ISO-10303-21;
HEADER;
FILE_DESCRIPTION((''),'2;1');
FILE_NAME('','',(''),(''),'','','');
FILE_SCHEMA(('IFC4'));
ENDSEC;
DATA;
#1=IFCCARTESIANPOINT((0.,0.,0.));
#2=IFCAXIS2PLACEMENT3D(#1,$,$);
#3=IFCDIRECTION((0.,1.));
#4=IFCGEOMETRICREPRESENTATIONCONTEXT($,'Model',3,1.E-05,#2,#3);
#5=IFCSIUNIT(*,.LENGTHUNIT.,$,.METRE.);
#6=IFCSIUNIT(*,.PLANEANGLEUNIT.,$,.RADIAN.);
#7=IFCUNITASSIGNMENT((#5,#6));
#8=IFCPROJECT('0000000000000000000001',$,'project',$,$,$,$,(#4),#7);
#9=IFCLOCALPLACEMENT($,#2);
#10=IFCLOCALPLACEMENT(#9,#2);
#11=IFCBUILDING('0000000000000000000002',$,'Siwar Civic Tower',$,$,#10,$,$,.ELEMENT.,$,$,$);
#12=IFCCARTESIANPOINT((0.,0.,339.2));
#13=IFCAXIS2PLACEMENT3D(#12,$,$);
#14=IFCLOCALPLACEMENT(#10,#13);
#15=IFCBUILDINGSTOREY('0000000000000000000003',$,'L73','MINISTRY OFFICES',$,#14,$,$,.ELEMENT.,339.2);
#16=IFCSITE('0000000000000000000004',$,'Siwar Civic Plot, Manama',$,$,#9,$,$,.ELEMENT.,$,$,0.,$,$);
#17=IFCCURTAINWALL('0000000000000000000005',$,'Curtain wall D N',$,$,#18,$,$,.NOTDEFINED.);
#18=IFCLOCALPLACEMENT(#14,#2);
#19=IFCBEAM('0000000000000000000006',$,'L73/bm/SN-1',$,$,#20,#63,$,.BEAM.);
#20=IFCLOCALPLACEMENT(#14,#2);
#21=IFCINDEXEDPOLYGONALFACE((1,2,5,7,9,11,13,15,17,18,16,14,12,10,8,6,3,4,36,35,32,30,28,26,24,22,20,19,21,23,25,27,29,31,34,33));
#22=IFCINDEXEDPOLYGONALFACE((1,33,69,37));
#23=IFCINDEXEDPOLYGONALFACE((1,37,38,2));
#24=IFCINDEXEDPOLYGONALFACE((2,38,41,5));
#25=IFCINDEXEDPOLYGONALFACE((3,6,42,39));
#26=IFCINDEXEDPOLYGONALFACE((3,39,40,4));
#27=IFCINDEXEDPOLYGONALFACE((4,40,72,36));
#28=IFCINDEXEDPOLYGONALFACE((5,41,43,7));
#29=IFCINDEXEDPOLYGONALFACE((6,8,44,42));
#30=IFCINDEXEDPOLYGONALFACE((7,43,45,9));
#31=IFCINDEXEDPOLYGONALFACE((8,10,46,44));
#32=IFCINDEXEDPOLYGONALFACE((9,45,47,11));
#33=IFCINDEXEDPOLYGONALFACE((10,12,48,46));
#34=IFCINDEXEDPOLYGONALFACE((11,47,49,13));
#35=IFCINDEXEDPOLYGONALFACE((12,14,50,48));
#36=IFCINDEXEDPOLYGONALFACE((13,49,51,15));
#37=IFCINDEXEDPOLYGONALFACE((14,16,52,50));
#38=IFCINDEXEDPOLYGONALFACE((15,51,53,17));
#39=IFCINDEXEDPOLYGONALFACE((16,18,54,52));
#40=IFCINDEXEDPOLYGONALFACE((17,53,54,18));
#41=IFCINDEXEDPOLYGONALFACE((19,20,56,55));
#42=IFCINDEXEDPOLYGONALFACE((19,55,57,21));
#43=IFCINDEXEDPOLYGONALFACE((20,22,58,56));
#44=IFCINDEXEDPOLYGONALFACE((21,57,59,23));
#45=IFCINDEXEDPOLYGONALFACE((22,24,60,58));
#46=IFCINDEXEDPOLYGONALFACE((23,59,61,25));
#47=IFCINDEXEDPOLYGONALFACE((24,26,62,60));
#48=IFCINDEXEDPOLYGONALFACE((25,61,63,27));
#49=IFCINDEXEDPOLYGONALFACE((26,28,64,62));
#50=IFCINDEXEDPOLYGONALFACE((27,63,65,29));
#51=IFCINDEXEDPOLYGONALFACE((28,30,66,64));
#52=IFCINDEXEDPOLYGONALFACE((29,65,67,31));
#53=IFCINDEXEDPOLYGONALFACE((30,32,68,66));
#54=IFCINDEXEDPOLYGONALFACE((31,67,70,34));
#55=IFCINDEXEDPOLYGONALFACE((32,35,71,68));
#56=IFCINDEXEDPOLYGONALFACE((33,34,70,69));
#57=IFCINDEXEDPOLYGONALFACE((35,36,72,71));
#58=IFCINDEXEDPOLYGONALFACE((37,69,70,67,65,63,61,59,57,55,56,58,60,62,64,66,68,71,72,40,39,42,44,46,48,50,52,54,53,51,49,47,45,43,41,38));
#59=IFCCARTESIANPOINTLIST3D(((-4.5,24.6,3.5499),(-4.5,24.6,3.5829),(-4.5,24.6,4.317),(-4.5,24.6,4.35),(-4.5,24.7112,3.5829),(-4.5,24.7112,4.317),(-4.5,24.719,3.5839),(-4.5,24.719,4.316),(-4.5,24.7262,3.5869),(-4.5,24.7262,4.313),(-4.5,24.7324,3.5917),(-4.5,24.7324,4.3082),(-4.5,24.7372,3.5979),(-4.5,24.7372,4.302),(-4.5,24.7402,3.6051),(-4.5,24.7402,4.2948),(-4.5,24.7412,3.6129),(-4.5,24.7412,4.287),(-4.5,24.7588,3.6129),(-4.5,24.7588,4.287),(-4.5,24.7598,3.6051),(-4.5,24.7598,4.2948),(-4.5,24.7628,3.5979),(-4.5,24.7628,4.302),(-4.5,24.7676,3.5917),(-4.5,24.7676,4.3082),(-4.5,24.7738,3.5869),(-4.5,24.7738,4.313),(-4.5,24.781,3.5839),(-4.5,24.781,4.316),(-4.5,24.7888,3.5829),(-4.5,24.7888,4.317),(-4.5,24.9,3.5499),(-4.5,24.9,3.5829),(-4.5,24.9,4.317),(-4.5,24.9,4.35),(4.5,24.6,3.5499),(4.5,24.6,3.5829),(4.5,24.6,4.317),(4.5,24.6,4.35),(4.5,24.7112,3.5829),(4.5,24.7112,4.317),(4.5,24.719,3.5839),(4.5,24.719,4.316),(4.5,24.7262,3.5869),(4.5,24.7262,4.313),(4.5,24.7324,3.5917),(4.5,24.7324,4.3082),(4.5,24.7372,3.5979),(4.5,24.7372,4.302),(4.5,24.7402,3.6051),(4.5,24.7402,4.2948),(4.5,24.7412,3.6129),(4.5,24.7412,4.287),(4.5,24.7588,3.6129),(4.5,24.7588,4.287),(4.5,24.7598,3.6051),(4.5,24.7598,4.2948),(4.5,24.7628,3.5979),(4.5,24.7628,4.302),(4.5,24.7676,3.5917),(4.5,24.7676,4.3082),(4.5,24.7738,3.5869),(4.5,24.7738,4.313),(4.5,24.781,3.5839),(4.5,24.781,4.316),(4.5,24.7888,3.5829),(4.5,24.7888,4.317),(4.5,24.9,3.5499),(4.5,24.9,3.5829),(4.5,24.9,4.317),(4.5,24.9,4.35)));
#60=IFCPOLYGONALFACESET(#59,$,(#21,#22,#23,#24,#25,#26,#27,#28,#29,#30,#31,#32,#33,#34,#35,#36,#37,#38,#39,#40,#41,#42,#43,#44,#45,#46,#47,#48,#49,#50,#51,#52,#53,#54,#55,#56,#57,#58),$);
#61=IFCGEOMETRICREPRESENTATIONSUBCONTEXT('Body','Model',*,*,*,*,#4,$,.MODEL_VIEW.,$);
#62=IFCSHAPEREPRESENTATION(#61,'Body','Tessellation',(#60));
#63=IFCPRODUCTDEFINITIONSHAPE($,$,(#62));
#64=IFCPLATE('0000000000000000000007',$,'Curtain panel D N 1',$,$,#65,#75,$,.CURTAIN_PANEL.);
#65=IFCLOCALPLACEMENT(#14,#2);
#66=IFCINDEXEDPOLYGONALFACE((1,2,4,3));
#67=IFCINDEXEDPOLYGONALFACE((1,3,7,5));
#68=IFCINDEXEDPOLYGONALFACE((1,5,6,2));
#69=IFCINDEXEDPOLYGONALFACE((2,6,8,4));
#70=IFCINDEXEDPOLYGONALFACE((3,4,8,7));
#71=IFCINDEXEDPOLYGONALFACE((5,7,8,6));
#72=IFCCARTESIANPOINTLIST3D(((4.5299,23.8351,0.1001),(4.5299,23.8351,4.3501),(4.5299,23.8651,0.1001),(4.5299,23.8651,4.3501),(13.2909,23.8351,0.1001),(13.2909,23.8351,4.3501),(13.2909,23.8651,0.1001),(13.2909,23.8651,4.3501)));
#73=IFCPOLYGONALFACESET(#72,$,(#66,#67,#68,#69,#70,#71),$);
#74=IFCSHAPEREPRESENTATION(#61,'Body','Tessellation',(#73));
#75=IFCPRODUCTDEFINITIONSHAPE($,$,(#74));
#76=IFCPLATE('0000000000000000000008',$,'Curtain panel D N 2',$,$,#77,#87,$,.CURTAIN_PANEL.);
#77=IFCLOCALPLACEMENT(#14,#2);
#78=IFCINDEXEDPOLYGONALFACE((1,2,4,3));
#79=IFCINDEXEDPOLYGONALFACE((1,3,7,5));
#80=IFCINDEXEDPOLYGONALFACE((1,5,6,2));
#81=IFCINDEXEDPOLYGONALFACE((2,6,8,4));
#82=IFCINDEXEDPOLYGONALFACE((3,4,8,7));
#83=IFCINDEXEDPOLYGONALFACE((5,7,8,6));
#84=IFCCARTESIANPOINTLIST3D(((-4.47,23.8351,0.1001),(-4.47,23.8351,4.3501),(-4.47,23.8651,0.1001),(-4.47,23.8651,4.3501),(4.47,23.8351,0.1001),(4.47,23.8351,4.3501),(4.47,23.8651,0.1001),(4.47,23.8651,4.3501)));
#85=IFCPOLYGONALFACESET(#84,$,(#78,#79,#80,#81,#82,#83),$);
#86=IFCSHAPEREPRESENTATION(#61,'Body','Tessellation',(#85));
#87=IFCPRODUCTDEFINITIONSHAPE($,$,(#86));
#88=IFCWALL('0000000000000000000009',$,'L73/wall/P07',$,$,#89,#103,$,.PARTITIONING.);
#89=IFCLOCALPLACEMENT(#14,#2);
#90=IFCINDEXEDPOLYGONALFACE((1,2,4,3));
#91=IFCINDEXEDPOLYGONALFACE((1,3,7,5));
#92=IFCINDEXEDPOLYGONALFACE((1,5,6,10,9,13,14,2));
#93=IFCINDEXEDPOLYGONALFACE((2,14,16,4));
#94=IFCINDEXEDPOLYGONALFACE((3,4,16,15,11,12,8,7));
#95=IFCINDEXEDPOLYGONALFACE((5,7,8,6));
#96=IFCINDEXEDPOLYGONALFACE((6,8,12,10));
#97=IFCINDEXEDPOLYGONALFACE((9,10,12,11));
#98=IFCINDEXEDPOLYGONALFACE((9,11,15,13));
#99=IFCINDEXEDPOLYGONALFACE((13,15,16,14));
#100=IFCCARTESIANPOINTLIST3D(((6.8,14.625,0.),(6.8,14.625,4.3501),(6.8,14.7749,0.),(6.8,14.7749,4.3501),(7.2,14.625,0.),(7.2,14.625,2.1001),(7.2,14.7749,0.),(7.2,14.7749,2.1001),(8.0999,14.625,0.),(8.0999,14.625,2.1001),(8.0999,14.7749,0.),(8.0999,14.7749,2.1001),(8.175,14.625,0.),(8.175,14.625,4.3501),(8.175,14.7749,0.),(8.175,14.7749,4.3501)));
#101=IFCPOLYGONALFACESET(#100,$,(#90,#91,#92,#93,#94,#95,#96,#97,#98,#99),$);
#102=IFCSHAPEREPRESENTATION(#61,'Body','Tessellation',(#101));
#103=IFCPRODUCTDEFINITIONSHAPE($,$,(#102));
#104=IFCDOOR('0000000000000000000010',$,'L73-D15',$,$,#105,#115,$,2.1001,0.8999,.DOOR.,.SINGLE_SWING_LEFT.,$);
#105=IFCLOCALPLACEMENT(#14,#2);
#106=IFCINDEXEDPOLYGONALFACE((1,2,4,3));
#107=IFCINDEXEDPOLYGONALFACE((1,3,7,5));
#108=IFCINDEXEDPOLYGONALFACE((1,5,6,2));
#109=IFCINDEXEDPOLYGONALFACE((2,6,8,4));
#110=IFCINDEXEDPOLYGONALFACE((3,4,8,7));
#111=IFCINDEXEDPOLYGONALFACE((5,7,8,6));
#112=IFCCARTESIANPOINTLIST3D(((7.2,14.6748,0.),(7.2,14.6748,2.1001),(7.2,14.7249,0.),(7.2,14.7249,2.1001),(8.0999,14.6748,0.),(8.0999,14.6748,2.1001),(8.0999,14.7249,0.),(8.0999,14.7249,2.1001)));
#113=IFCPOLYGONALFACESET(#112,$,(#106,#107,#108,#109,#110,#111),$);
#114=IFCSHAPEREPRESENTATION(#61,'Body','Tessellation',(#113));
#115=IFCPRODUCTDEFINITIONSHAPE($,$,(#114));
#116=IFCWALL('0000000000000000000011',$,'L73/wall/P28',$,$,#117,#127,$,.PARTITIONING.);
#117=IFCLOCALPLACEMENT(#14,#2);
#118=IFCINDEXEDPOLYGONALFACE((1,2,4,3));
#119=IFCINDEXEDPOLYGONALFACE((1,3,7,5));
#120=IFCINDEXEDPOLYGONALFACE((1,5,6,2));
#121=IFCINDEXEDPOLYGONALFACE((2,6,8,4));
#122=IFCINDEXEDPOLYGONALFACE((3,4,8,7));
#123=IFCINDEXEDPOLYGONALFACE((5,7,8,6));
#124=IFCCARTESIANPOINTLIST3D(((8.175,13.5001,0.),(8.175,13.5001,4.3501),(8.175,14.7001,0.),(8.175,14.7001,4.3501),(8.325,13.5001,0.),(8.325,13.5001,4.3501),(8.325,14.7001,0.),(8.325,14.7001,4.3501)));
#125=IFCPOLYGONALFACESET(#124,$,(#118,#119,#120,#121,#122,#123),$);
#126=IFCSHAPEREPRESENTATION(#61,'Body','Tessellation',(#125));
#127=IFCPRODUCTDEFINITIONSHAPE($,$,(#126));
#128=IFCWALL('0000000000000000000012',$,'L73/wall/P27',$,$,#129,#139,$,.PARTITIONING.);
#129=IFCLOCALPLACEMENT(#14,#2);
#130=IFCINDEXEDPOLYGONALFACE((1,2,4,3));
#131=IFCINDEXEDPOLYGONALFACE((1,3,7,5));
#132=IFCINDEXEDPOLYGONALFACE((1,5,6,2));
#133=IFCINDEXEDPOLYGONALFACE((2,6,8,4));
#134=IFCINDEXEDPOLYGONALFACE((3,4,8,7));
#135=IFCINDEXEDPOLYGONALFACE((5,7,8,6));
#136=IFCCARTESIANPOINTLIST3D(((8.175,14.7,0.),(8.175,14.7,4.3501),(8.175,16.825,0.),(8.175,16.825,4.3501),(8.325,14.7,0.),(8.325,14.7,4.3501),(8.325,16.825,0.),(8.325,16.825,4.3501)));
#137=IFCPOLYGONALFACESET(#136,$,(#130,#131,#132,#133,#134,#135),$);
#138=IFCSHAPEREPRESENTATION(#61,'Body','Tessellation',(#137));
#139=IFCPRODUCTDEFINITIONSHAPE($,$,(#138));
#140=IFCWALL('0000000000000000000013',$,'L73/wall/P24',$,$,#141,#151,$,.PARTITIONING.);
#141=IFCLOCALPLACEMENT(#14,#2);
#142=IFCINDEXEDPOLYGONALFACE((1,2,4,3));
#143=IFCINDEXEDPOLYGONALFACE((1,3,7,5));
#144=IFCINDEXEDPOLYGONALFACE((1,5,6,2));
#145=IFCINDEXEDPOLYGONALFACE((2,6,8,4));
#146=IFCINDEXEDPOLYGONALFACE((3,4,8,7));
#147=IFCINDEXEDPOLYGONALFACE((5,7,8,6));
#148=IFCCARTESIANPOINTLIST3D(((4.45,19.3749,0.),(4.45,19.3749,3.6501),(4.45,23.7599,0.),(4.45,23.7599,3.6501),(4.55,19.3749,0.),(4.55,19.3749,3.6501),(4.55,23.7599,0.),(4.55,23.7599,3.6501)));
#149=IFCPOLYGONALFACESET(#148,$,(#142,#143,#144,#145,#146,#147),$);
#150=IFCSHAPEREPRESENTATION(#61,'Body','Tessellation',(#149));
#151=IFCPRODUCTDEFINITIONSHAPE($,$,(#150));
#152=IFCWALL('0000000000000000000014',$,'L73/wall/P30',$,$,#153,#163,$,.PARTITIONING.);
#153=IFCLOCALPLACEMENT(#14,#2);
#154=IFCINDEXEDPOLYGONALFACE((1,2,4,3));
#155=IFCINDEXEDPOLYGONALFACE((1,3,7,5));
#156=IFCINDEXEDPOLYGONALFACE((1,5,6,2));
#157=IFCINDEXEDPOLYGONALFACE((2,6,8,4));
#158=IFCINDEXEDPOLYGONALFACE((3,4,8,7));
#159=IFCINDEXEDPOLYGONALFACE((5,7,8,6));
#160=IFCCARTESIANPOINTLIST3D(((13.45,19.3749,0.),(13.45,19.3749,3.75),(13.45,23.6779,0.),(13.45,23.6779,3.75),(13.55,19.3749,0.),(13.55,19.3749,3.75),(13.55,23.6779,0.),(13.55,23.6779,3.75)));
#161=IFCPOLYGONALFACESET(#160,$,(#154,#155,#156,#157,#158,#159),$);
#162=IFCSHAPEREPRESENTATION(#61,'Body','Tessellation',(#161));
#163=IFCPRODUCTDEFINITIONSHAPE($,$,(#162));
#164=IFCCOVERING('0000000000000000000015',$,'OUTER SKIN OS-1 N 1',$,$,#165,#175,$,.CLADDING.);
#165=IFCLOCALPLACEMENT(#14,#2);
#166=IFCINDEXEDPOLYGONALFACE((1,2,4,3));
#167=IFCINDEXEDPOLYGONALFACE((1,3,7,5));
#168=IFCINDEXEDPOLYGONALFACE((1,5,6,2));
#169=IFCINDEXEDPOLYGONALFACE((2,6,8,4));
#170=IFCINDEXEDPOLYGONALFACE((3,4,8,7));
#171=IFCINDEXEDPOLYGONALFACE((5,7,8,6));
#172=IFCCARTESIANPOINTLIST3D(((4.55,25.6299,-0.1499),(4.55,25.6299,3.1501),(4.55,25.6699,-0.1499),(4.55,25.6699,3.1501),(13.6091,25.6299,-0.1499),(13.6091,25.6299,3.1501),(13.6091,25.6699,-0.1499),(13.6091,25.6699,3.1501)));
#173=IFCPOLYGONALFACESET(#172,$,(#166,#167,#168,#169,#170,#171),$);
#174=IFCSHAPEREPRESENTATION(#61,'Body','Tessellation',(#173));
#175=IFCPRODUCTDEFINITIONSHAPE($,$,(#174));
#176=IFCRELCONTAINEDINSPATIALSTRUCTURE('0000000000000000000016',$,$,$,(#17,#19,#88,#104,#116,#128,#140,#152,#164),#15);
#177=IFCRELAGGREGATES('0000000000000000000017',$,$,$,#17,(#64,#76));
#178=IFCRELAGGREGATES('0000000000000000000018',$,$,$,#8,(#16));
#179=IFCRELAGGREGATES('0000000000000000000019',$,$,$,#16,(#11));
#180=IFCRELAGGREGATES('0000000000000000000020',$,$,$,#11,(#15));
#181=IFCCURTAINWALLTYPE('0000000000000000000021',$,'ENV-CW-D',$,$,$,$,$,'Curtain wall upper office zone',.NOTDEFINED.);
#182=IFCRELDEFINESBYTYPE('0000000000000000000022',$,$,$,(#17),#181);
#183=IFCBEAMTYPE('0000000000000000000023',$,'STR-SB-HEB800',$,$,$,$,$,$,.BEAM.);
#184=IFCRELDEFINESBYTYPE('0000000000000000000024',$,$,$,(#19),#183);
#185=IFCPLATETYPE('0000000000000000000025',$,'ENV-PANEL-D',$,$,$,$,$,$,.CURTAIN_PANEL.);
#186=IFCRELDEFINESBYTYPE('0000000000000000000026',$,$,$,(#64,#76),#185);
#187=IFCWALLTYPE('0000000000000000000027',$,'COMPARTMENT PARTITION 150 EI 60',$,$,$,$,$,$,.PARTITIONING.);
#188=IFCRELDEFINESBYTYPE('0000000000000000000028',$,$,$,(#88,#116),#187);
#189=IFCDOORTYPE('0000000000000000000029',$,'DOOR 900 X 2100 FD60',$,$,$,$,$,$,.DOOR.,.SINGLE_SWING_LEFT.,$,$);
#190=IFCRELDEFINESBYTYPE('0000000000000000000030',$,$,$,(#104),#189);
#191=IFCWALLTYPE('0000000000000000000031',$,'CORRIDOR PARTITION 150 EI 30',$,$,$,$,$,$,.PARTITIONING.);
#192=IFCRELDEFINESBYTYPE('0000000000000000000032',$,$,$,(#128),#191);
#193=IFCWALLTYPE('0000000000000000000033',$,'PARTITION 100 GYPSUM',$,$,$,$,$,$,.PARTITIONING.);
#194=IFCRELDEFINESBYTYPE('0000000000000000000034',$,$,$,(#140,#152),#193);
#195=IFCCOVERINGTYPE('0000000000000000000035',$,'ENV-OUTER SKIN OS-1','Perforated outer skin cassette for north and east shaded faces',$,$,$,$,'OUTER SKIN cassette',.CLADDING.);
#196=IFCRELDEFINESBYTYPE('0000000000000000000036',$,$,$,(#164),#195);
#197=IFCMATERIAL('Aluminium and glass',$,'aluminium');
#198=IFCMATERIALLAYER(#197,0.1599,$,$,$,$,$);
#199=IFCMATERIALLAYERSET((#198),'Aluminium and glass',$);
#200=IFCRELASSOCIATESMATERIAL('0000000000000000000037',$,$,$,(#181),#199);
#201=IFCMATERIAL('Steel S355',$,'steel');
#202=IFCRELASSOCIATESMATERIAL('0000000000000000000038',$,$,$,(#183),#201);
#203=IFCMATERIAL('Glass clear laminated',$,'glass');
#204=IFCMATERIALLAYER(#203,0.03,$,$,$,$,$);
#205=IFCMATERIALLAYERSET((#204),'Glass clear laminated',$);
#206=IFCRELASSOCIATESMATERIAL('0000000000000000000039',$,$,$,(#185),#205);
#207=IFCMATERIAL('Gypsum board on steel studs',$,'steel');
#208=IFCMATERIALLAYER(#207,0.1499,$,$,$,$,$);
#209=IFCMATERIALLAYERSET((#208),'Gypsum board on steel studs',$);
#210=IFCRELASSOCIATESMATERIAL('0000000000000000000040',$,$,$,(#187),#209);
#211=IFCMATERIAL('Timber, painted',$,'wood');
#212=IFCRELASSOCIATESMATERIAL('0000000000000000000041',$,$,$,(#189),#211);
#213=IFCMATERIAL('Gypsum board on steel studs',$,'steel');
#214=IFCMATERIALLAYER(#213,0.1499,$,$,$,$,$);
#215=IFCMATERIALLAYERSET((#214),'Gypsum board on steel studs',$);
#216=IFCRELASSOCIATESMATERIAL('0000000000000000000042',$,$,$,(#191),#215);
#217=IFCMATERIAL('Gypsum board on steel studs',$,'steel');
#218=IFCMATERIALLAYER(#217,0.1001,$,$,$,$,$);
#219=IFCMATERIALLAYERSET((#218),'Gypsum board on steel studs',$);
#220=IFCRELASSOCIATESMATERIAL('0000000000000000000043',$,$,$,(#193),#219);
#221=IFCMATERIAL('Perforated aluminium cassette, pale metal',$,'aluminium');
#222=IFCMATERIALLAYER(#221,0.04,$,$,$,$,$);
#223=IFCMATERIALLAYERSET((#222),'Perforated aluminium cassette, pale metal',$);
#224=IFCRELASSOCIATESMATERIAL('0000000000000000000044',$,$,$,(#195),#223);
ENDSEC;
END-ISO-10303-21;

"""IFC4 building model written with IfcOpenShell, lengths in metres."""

from ifc_helpers import new_model, si_unit, direction, frame, frame_2d, origin, origin_2d, place, context, subcontext, project, spatial, rectangle, i_section, extrude, material, layer, layer_set, material_profile, profile_set, type_object, element, fill, aggregate, save


model = new_model("IFC4")

# Units and contexts
model_context = context("Model", 3, precision=1e-05, world=origin(), true_north=direction((0.0, 1.0)))
body_context = subcontext(model_context, "Body", "Model", "MODEL_VIEW")
ifc_project = project(units=[si_unit("LENGTHUNIT", "METRE"), si_unit("PLANEANGLEUNIT", "RADIAN")], contexts=[model_context])

# Site, building, storey
site_placement = place(None, origin())
site = spatial("IfcSite", under=ifc_project, at=site_placement, Name="Siwar Civic Plot, Manama", CompositionType="ELEMENT", RefElevation=0.0)
building_placement = place(site_placement, origin())
building = spatial("IfcBuilding", under=site, at=building_placement, Name="Siwar Civic Tower", CompositionType="ELEMENT")
storey_placement = place(building_placement, frame((0.0, 0.0, 339.2)))
storey = spatial("IfcBuildingStorey", under=building, at=storey_placement, Name="L73", Description="MINISTRY OFFICES", CompositionType="ELEMENT", Elevation=339.2)

# Curtain wall
ifc_material_1 = material(Name="Aluminium and glass", Category="aluminium")
ifc_layer_1 = layer(ifc_material_1, 0.1599)
ifc_layer_set_1 = layer_set([ifc_layer_1], Name="Aluminium and glass")
curtain_wall_type = type_object("IfcCurtainWallType", Name="ENV-CW-D", ElementType="Curtain wall upper office zone", PredefinedType="NOTDEFINED", material=ifc_layer_set_1)
curtain_wall_placement = place(storey_placement, origin())
curtain_wall = element("IfcCurtainWall", 1, at=curtain_wall_placement, inside=storey, type_object=curtain_wall_type, Name="Curtain wall D N", PredefinedType="NOTDEFINED")

# Beam
ifc_material_2 = material(Name="Steel S355", Category="steel")
ifc_material_profile_1 = material_profile(ifc_material_2, i_section(OverallWidth=0.3, OverallDepth=0.8, WebThickness=0.0176, FlangeThickness=0.033, FilletRadius=0.03, at=origin_2d()), Name="HEB800")
ifc_profile_set_1 = profile_set([ifc_material_profile_1], Name="Steel S355")
beam_type_1 = type_object("IfcBeamType", Name="STR-SB-HEB800", PredefinedType="BEAM", material=ifc_profile_set_1)
for number, where, z_axis, x_axis, name in (
    (2, (4.5, 24.75, 3.95), (-1.0, 0.0, 0.0), (0.0, -1.0, 0.0), "L73/bm/SN-1"),
):
    element("IfcBeam", number, at=place(storey_placement, frame(where, z_axis=z_axis, x_axis=x_axis)), inside=storey, type_object=beam_type_1, Name=name, PredefinedType="BEAM", context=body_context, shape_type="SweptSolid", body=[
        extrude(i_section(OverallWidth=0.3, OverallDepth=0.8, WebThickness=0.0176, FlangeThickness=0.033, FilletRadius=0.03, at=origin_2d()), origin(), (0.0, 0.0, 1.0), 9.0),
    ])

# Plates
ifc_material_3 = material(Name="Glass clear laminated", Category="glass")
ifc_layer_2 = layer(ifc_material_3, 0.03)
ifc_layer_set_2 = layer_set([ifc_layer_2], Name="Glass clear laminated")
plate_type = type_object("IfcPlateType", Name="ENV-PANEL-D", PredefinedType="CURTAIN_PANEL", material=ifc_layer_set_2)
plate_1_placement = place(storey_placement, frame((8.9104, 23.8501, 0.1001), z_axis=(0.0, 0.0, 1.0), x_axis=(-1.0, 0.0, 0.0)))
plate_1 = element("IfcPlate", 3, at=plate_1_placement, type_object=plate_type, Name="Curtain panel D N 1", PredefinedType="CURTAIN_PANEL", context=body_context, shape_type="SweptSolid", body=[
    extrude(rectangle(XDim=8.761, YDim=0.03, at=origin_2d()), origin(), (0.0, 0.0, 1.0), 4.25),
])
plate_2_placement = place(storey_placement, frame((0.0, 23.8501, 0.1001), z_axis=(0.0, 0.0, 1.0), x_axis=(-1.0, 0.0, 0.0)))
plate_2 = element("IfcPlate", 4, at=plate_2_placement, type_object=plate_type, Name="Curtain panel D N 2", PredefinedType="CURTAIN_PANEL", context=body_context, shape_type="SweptSolid", body=[
    extrude(rectangle(XDim=8.9399, YDim=0.03, at=origin_2d()), origin(), (0.0, 0.0, 1.0), 4.25),
])
aggregate(curtain_wall, [plate_1, plate_2])

# Wall, opening, door
ifc_material_4 = material(Name="Gypsum board on steel studs", Category="steel")
ifc_layer_3 = layer(ifc_material_4, 0.1499)
ifc_layer_set_3 = layer_set([ifc_layer_3], Name="Gypsum board on steel studs")
wall_type_1 = type_object("IfcWallType", Name="COMPARTMENT PARTITION 150 EI 60", PredefinedType="PARTITIONING", material=ifc_layer_set_3)
wall_1_placement = place(storey_placement, frame((6.8, 14.7, 0.0), z_axis=(0.0, 0.0, 1.0), x_axis=(1.0, 0.0, 0.0)))
wall_1 = element("IfcWall", 5, at=wall_1_placement, inside=storey, type_object=wall_type_1, Name="L73/wall/P07", PredefinedType="PARTITIONING", context=body_context, shape_type="SweptSolid", body=[
    extrude(rectangle(XDim=1.375, YDim=0.1499, at=frame_2d((0.6875, 0.0))), origin(), (0.0, 0.0, 1.0), 4.3501),
])
opening_placement = place(wall_1_placement, frame((0.3999, 0.0, 0.0)))
opening = element("IfcOpeningElement", 6, at=opening_placement, cuts=wall_1, PredefinedType="OPENING", context=body_context, shape_type="SweptSolid", body=[
    extrude(rectangle(XDim=0.8999, YDim=2.1001, at=frame_2d((0.45, 1.05))), frame((0.0, 0.085, 0.0), z_axis=(0.0, -1.0, 0.0), x_axis=(1.0, 0.0, 0.0)), (0.0, 0.0, 1.0), 0.1699),
])
ifc_material_5 = material(Name="Timber, painted", Category="wood")
door_type = type_object("IfcDoorType", Name="DOOR 900 X 2100 FD60", OperationType="SINGLE_SWING_LEFT", PredefinedType="DOOR", material=ifc_material_5)
door_placement = place(opening_placement, origin())
door = element("IfcDoor", 7, at=door_placement, inside=storey, type_object=door_type, Name="L73-D15", OperationType="SINGLE_SWING_LEFT", OverallHeight=2.1001, OverallWidth=0.8999, PredefinedType="DOOR", context=body_context, shape_type="SweptSolid", body=[
    extrude(rectangle(XDim=0.8999, YDim=2.1001, at=frame_2d((0.45, 1.05))), frame((0.0, 0.0249, 0.0), z_axis=(0.0, -1.0, 0.0), x_axis=(1.0, 0.0, 0.0)), (0.0, 0.0, 1.0), 0.05),
])
fill(opening, door)

# Walls
wall_2_placement = place(storey_placement, frame((8.25, 13.5, 0.0), z_axis=(0.0, 0.0, 1.0), x_axis=(0.0, 1.0, 0.0)))
element("IfcWall", 8, at=wall_2_placement, inside=storey, type_object=wall_type_1, Name="L73/wall/P28", PredefinedType="PARTITIONING", context=body_context, shape_type="SweptSolid", body=[
    extrude(rectangle(XDim=1.2, YDim=0.1499, at=frame_2d((0.6001, 0.0))), origin(), (0.0, 0.0, 1.0), 4.3501),
])
ifc_material_6 = material(Name="Gypsum board on steel studs", Category="steel")
ifc_layer_4 = layer(ifc_material_6, 0.1499)
ifc_layer_set_4 = layer_set([ifc_layer_4], Name="Gypsum board on steel studs")
wall_type_2 = type_object("IfcWallType", Name="CORRIDOR PARTITION 150 EI 30", PredefinedType="PARTITIONING", material=ifc_layer_set_4)
wall_3_placement = place(storey_placement, frame((8.25, 14.7, 0.0), z_axis=(0.0, 0.0, 1.0), x_axis=(0.0, 1.0, 0.0)))
element("IfcWall", 9, at=wall_3_placement, inside=storey, type_object=wall_type_2, Name="L73/wall/P27", PredefinedType="PARTITIONING", context=body_context, shape_type="SweptSolid", body=[
    extrude(rectangle(XDim=2.125, YDim=0.1499, at=frame_2d((1.0625, 0.0))), origin(), (0.0, 0.0, 1.0), 4.3501),
])
ifc_material_7 = material(Name="Gypsum board on steel studs", Category="steel")
ifc_layer_5 = layer(ifc_material_7, 0.1001)
ifc_layer_set_5 = layer_set([ifc_layer_5], Name="Gypsum board on steel studs")
wall_type_3 = type_object("IfcWallType", Name="PARTITION 100 GYPSUM", PredefinedType="PARTITIONING", material=ifc_layer_set_5)
wall_4_placement = place(storey_placement, frame((4.5, 19.375, 0.0), z_axis=(0.0, 0.0, 1.0), x_axis=(0.0, 1.0, 0.0)))
element("IfcWall", 10, at=wall_4_placement, inside=storey, type_object=wall_type_3, Name="L73/wall/P24", PredefinedType="PARTITIONING", context=body_context, shape_type="SweptSolid", body=[
    extrude(rectangle(XDim=4.385, YDim=0.1001, at=frame_2d((2.1924, 0.0))), origin(), (0.0, 0.0, 1.0), 3.6501),
])
wall_5_placement = place(storey_placement, frame((13.5, 19.375, 0.0), z_axis=(0.0, 0.0, 1.0), x_axis=(0.0, 1.0, 0.0)))
element("IfcWall", 11, at=wall_5_placement, inside=storey, type_object=wall_type_3, Name="L73/wall/P30", PredefinedType="PARTITIONING", context=body_context, shape_type="SweptSolid", body=[
    extrude(rectangle(XDim=4.303, YDim=0.1001, at=frame_2d((2.1514, 0.0))), origin(), (0.0, 0.0, 1.0), 3.75),
])

# Covering
ifc_material_8 = material(Name="Perforated aluminium cassette, pale metal", Category="aluminium")
ifc_layer_6 = layer(ifc_material_8, 0.04)
ifc_layer_set_6 = layer_set([ifc_layer_6], Name="Perforated aluminium cassette, pale metal")
covering_type = type_object("IfcCoveringType", Name="ENV-OUTER SKIN OS-1", Description="Perforated outer skin cassette for north and east shaded faces", ElementType="OUTER SKIN cassette", PredefinedType="CLADDING", material=ifc_layer_set_6)
covering_1_placement = place(storey_placement, frame((9.0796, 25.6499, -0.1499), z_axis=(0.0, 0.0, 1.0), x_axis=(-1.0, 0.0, 0.0)))
element("IfcCovering", 12, at=covering_1_placement, inside=storey, type_object=covering_type, Name="OUTER SKIN OS-1 N 1", PredefinedType="CLADDING", context=body_context, shape_type="SweptSolid", body=[
    extrude(rectangle(XDim=9.0591, YDim=0.04, at=origin_2d()), origin(), (0.0, 0.0, 1.0), 3.3),
])

save(model, "model.ifc")
